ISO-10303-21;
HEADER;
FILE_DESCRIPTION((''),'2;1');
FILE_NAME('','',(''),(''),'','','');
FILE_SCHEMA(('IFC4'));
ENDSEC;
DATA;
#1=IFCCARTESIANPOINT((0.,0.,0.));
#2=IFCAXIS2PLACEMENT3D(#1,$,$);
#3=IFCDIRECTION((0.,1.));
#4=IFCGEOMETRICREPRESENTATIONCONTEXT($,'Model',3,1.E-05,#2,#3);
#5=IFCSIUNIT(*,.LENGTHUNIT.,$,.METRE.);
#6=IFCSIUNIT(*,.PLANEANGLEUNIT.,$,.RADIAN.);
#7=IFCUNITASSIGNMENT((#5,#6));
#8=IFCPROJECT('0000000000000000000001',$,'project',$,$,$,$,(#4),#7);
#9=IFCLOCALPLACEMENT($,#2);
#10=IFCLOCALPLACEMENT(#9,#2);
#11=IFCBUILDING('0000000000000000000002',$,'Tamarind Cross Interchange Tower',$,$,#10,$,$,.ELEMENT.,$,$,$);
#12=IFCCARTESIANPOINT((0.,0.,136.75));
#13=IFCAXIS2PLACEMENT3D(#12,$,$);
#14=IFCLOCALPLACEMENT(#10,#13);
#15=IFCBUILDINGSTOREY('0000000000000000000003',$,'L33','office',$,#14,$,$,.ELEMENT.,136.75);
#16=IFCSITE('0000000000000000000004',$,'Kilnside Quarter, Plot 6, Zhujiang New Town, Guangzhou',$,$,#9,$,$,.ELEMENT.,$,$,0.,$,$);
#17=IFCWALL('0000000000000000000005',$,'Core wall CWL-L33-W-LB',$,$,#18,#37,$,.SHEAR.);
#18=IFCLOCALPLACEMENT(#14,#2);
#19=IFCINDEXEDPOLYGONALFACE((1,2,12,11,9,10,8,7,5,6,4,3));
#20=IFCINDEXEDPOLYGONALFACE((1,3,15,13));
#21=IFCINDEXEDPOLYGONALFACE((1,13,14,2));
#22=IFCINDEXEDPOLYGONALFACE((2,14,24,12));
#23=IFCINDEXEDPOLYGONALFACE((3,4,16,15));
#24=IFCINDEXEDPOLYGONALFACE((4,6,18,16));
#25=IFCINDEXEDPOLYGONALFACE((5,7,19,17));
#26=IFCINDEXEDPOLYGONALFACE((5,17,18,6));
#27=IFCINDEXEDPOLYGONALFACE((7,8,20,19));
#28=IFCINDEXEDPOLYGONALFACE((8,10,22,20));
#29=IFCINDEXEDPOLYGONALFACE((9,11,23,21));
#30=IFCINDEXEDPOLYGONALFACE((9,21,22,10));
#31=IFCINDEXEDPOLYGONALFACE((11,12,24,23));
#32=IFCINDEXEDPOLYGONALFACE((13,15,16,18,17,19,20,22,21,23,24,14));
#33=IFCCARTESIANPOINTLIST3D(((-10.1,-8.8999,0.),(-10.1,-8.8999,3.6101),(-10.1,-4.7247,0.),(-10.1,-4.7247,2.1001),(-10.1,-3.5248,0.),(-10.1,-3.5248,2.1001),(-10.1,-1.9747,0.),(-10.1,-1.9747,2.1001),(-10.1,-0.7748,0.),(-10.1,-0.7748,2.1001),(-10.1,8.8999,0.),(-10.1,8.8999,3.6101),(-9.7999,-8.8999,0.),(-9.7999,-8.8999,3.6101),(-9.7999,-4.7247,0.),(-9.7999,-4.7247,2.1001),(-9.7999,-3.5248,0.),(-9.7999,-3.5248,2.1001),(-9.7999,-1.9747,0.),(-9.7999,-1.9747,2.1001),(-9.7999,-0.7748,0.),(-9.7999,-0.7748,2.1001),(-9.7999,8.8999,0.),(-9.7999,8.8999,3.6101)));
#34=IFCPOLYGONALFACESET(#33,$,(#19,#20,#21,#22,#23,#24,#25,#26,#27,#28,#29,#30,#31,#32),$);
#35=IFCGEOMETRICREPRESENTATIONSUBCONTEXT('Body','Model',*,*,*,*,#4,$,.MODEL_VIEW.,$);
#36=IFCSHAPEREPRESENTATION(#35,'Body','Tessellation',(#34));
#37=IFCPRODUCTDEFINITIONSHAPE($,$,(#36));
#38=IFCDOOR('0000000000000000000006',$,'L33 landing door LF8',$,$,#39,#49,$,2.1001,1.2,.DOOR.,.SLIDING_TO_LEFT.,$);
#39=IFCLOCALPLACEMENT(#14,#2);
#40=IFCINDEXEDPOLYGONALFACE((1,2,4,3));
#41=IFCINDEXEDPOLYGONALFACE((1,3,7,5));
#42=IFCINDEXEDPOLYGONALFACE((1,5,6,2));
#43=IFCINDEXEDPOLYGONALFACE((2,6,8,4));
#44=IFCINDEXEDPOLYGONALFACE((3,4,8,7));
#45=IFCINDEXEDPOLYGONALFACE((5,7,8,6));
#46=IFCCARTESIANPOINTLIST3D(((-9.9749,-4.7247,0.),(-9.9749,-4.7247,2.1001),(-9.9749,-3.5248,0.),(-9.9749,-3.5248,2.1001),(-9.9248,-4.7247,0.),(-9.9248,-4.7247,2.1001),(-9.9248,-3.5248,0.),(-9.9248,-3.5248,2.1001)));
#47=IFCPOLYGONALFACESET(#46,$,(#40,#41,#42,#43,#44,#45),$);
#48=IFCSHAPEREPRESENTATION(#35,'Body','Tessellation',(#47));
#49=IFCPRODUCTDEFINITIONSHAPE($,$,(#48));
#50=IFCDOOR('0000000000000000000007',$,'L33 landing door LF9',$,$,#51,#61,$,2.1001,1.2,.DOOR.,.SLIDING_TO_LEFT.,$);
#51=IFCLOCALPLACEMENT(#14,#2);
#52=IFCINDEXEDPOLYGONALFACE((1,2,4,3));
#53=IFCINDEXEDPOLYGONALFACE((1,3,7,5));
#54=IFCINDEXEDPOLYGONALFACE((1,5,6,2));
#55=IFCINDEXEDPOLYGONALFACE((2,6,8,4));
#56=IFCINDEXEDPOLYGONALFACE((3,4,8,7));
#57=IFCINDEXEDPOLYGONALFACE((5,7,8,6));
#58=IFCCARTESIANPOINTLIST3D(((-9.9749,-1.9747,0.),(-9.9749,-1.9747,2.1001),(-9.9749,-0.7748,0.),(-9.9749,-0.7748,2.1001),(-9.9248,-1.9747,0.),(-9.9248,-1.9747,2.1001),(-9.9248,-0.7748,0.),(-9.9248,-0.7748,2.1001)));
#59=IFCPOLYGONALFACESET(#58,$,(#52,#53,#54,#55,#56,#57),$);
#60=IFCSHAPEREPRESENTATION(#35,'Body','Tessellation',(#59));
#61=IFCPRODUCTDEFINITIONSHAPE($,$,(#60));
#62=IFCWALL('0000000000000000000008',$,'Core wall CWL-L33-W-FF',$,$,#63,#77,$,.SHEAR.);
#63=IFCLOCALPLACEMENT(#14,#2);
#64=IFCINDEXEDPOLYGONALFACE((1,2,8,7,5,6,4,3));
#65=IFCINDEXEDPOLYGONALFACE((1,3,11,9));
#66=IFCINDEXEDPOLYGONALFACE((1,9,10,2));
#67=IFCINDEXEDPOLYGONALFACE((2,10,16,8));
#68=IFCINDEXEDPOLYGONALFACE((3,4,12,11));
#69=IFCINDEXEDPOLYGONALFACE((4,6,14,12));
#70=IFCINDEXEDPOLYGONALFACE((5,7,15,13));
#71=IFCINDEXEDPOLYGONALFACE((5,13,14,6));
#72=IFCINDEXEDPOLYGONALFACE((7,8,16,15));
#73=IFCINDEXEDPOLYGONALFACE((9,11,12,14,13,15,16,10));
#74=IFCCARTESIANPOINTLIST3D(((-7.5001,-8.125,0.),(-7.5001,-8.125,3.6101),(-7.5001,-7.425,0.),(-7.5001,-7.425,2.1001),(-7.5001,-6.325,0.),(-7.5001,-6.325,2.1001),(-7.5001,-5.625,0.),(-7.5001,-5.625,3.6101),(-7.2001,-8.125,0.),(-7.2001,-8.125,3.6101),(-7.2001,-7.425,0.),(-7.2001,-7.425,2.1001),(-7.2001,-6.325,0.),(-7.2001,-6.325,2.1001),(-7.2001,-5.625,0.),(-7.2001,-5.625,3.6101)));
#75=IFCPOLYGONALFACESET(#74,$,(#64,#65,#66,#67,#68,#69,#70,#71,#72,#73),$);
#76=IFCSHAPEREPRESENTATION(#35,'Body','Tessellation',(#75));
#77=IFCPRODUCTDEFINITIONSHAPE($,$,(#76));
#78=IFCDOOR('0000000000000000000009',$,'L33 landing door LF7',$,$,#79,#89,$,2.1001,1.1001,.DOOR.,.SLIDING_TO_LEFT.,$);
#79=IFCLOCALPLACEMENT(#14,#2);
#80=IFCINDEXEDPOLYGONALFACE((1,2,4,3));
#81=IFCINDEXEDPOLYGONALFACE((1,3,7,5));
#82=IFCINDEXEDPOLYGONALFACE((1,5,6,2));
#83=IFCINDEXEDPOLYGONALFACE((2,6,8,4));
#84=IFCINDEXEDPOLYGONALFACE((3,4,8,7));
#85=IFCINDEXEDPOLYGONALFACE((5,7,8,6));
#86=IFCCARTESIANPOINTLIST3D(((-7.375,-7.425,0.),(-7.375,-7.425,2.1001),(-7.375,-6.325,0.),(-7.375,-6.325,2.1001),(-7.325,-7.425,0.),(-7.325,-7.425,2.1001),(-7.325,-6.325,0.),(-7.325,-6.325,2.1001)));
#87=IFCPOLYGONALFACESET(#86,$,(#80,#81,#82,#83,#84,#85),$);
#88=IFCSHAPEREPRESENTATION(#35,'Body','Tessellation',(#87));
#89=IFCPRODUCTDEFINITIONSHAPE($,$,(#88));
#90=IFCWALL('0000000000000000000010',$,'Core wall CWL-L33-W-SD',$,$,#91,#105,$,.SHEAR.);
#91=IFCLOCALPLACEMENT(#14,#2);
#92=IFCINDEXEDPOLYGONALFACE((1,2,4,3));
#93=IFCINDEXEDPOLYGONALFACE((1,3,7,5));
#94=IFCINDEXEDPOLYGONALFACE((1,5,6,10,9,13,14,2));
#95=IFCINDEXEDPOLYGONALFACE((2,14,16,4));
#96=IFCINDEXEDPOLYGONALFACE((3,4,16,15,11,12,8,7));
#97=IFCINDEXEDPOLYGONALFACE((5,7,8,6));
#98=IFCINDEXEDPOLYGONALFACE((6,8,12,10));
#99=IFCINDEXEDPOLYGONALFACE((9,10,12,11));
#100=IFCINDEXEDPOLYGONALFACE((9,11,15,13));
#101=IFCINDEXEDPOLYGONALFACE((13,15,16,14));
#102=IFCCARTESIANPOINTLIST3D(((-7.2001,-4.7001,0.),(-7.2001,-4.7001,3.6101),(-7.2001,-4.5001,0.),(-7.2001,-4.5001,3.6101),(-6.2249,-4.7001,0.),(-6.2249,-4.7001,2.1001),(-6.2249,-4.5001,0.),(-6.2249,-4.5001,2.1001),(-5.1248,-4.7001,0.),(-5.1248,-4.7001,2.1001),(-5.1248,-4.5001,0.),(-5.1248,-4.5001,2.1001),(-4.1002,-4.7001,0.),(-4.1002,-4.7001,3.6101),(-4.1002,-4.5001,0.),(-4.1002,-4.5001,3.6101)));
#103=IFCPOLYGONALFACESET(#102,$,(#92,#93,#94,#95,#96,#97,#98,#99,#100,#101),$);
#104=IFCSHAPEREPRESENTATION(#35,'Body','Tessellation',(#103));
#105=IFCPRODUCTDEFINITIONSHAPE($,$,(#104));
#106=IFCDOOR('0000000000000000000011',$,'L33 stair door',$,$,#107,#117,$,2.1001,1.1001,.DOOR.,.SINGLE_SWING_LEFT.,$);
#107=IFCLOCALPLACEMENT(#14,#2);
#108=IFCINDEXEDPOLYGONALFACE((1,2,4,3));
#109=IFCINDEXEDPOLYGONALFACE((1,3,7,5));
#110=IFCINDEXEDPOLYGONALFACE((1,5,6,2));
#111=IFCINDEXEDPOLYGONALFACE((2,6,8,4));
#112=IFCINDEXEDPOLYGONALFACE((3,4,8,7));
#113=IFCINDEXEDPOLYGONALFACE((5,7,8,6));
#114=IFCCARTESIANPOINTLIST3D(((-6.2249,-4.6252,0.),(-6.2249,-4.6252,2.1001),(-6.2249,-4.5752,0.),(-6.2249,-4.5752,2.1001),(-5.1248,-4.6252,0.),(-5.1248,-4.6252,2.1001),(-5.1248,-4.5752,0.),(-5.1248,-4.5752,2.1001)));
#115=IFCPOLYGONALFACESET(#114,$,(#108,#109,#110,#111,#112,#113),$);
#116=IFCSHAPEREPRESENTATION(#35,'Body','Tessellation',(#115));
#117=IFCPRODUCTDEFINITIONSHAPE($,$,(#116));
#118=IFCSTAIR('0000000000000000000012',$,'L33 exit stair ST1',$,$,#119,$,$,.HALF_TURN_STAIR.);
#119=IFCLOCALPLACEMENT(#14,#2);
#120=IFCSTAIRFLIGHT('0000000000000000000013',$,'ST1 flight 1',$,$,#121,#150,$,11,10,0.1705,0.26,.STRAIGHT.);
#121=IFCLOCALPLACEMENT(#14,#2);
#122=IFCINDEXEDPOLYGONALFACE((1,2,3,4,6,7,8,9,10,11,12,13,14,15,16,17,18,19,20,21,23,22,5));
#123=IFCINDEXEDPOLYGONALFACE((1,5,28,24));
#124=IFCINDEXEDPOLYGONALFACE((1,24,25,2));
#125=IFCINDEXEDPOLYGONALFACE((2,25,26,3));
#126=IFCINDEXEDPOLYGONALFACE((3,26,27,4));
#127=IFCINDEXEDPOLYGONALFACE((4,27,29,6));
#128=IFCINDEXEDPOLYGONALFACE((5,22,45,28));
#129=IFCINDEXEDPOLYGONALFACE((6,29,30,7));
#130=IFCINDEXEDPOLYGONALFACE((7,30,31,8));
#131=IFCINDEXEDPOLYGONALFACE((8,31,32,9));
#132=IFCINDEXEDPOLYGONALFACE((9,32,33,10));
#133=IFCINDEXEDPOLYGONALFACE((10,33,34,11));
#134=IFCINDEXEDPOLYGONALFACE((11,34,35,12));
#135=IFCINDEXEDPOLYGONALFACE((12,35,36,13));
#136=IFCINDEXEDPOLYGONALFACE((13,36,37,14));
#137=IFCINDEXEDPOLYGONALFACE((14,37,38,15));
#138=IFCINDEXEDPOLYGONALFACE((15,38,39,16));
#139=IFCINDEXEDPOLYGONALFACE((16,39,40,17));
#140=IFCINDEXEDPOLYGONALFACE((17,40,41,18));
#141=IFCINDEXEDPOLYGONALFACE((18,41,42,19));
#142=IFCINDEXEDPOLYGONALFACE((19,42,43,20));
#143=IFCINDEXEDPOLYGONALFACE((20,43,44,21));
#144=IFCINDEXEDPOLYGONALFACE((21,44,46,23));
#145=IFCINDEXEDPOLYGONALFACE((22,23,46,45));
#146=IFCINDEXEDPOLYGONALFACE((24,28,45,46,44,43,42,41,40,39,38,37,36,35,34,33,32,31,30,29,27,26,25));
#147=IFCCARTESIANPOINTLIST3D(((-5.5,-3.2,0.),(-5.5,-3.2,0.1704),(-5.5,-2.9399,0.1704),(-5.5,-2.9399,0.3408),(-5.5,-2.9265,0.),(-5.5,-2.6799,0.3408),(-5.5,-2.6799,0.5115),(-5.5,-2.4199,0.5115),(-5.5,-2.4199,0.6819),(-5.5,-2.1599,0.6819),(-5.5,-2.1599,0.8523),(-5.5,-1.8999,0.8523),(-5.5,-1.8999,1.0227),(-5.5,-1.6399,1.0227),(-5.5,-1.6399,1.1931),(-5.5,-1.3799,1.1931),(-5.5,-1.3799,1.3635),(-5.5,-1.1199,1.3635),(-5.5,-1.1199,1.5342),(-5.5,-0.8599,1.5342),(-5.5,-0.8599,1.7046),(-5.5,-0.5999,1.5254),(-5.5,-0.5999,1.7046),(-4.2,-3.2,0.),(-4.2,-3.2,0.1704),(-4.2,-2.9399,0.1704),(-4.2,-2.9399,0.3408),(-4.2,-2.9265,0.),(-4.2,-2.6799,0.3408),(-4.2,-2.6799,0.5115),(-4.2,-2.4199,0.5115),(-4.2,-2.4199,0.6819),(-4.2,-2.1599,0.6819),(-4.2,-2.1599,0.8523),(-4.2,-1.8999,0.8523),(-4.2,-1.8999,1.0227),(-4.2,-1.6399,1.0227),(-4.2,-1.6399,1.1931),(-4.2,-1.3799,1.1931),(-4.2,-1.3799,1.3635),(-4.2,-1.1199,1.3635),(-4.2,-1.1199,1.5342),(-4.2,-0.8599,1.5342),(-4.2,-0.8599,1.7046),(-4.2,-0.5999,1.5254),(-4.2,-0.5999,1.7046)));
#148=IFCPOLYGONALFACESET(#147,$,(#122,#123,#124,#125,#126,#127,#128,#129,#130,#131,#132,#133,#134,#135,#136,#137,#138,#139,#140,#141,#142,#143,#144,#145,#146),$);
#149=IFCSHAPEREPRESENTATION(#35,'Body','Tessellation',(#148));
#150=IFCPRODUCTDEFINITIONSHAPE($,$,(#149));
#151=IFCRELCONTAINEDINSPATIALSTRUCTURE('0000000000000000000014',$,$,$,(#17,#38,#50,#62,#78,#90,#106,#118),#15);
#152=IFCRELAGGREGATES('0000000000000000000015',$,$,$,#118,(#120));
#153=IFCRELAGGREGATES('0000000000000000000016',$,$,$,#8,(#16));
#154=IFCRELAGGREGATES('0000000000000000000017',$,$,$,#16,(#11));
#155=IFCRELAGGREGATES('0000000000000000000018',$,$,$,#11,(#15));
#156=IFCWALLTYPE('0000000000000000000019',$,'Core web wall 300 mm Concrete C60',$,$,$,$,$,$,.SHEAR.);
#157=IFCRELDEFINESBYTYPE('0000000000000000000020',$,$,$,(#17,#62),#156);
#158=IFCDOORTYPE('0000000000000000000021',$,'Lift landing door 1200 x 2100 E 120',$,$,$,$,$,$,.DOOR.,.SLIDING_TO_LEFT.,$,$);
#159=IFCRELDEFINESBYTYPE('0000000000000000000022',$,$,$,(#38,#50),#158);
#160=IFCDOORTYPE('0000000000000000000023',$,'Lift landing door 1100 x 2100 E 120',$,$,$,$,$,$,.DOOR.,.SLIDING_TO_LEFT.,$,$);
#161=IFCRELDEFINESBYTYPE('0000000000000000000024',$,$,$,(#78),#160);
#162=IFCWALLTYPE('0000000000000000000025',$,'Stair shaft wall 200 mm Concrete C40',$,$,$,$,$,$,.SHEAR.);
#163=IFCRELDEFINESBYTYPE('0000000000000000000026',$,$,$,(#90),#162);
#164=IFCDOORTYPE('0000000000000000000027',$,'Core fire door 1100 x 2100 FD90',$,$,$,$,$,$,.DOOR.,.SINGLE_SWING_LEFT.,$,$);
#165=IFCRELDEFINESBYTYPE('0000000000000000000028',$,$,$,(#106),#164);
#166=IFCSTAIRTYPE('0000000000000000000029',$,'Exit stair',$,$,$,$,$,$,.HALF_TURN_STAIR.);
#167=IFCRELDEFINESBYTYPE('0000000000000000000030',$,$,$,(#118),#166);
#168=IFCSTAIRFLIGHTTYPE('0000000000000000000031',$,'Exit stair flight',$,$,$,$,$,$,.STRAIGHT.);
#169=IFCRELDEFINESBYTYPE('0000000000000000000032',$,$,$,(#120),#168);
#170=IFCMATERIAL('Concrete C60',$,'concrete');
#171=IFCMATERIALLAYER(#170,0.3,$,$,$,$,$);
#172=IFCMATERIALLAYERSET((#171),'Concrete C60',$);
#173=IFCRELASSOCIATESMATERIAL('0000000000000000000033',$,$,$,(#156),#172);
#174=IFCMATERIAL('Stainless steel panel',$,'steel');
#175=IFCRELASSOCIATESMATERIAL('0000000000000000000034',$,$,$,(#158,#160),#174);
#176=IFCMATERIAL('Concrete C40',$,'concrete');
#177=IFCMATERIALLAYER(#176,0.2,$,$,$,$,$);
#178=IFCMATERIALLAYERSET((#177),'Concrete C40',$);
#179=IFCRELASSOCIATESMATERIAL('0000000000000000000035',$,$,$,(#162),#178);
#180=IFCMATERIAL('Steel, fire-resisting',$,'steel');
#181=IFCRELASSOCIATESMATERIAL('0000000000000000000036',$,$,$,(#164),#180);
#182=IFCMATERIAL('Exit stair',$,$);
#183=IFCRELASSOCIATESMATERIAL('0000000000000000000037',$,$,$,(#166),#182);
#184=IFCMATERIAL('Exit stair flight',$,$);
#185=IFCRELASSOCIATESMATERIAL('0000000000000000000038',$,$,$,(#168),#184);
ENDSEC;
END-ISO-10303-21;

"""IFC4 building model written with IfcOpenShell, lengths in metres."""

from ifc_helpers import new_model, si_unit, direction, frame, frame_2d, origin, place, context, subcontext, project, spatial, polyline, rectangle, outline, extrude, material, layer, layer_set, type_object, element, fill, aggregate, save


model = new_model("IFC4")

# Units and contexts
model_context = context("Model", 3, precision=1e-05, world=origin(), true_north=direction((0.0, 1.0)))
body_context = subcontext(model_context, "Body", "Model", "MODEL_VIEW")
ifc_project = project(units=[si_unit("LENGTHUNIT", "METRE"), si_unit("PLANEANGLEUNIT", "RADIAN")], contexts=[model_context])

# Site, building, storey
site_placement = place(None, origin())
site = spatial("IfcSite", under=ifc_project, at=site_placement, Name="Kilnside Quarter, Plot 6, Zhujiang New Town, Guangzhou", CompositionType="ELEMENT", RefElevation=0.0)
building_placement = place(site_placement, origin())
building = spatial("IfcBuilding", under=site, at=building_placement, Name="Tamarind Cross Interchange Tower", CompositionType="ELEMENT")
storey_placement = place(building_placement, frame((0.0, 0.0, 136.75)))
storey = spatial("IfcBuildingStorey", under=building, at=storey_placement, Name="L33", Description="office", CompositionType="ELEMENT", Elevation=136.75)

# Shared definitions
ifc_material_1 = material(Name="Concrete C60", Category="concrete")
ifc_material_2 = material(Name="Steel, fire-resisting", Category="steel")

# Shared definitions
ifc_layer_1 = layer(ifc_material_1, 0.3)
ifc_layer_set_1 = layer_set([ifc_layer_1], Name="Concrete C60")
wall_type_1 = type_object("IfcWallType", Name="Core web wall 300 mm Concrete C60", PredefinedType="SHEAR", material=ifc_layer_set_1)

# Wall, openings, doors
ifc_material_3 = material(Name="Stainless steel panel", Category="steel")
wall_1_placement = place(storey_placement, frame((-9.95, -8.8999, 0.0), z_axis=(0.0, 0.0, 1.0), x_axis=(0.0, 1.0, 0.0)))
wall_1 = element("IfcWall", 1, at=wall_1_placement, inside=storey, type_object=wall_type_1, Name="Core wall CWL-L33-W-LB", PredefinedType="SHEAR", context=body_context, shape_type="SweptSolid", body=[
    extrude(rectangle(XDim=17.7998, YDim=0.3, at=frame_2d((8.8999, 0.0))), origin(), (0.0, 0.0, 1.0), 3.6101),
])
opening_1_placement = place(wall_1_placement, frame((4.175, 0.0, 0.0)))
opening_1 = element("IfcOpeningElement", 2, at=opening_1_placement, cuts=wall_1, PredefinedType="OPENING", context=body_context, shape_type="SweptSolid", body=[
    extrude(rectangle(XDim=1.2, YDim=2.1001, at=frame_2d((0.6001, 1.05))), frame((0.0, 0.1599, 0.0), z_axis=(0.0, -1.0, 0.0), x_axis=(1.0, 0.0, 0.0)), (0.0, 0.0, 1.0), 0.3201),
])
opening_2_placement = place(wall_1_placement, frame((6.925, 0.0, 0.0)))
opening_2 = element("IfcOpeningElement", 3, at=opening_2_placement, cuts=wall_1, PredefinedType="OPENING", context=body_context, shape_type="SweptSolid", body=[
    extrude(rectangle(XDim=1.2, YDim=2.1001, at=frame_2d((0.6001, 1.05))), frame((0.0, 0.1599, 0.0), z_axis=(0.0, -1.0, 0.0), x_axis=(1.0, 0.0, 0.0)), (0.0, 0.0, 1.0), 0.3201),
])
door_type_1 = type_object("IfcDoorType", Name="Lift landing door 1200 x 2100 E 120", OperationType="SLIDING_TO_LEFT", PredefinedType="DOOR", material=ifc_material_3)
door_1_placement = place(opening_1_placement, origin())
door_1 = element("IfcDoor", 4, at=door_1_placement, inside=storey, type_object=door_type_1, Name="L33 landing door LF8", OperationType="SLIDING_TO_LEFT", OverallHeight=2.1001, OverallWidth=1.2, PredefinedType="DOOR", context=body_context, shape_type="SweptSolid", body=[
    extrude(rectangle(XDim=1.2, YDim=2.1001, at=frame_2d((0.6001, 1.05))), frame((0.0, 0.0249, 0.0), z_axis=(0.0, -1.0, 0.0), x_axis=(1.0, 0.0, 0.0)), (0.0, 0.0, 1.0), 0.05),
])
fill(opening_1, door_1)
door_2_placement = place(opening_2_placement, origin())
door_2 = element("IfcDoor", 5, at=door_2_placement, inside=storey, type_object=door_type_1, Name="L33 landing door LF9", OperationType="SLIDING_TO_LEFT", OverallHeight=2.1001, OverallWidth=1.2, PredefinedType="DOOR", context=body_context, shape_type="SweptSolid", body=[
    extrude(rectangle(XDim=1.2, YDim=2.1001, at=frame_2d((0.6001, 1.05))), frame((0.0, 0.0249, 0.0), z_axis=(0.0, -1.0, 0.0), x_axis=(1.0, 0.0, 0.0)), (0.0, 0.0, 1.0), 0.05),
])
fill(opening_2, door_2)

# Walls, openings, doors
wall_2_placement = place(storey_placement, frame((-7.3501, -8.125, 0.0), z_axis=(0.0, 0.0, 1.0), x_axis=(0.0, 1.0, 0.0)))
wall_2 = element("IfcWall", 6, at=wall_2_placement, inside=storey, type_object=wall_type_1, Name="Core wall CWL-L33-W-FF", PredefinedType="SHEAR", context=body_context, shape_type="SweptSolid", body=[
    extrude(rectangle(XDim=2.5, YDim=0.3, at=frame_2d((1.25, 0.0))), origin(), (0.0, 0.0, 1.0), 3.6101),
])
opening_3_placement = place(wall_2_placement, frame((0.7, 0.0, 0.0)))
opening_3 = element("IfcOpeningElement", 7, at=opening_3_placement, cuts=wall_2, PredefinedType="OPENING", context=body_context, shape_type="SweptSolid", body=[
    extrude(rectangle(XDim=1.1001, YDim=2.1001, at=frame_2d((0.55, 1.05))), frame((0.0, 0.1599, 0.0), z_axis=(0.0, -1.0, 0.0), x_axis=(1.0, 0.0, 0.0)), (0.0, 0.0, 1.0), 0.3201),
])
door_type_2 = type_object("IfcDoorType", Name="Lift landing door 1100 x 2100 E 120", OperationType="SLIDING_TO_LEFT", PredefinedType="DOOR", material=ifc_material_3)
door_3_placement = place(opening_3_placement, origin())
door_3 = element("IfcDoor", 8, at=door_3_placement, inside=storey, type_object=door_type_2, Name="L33 landing door LF7", OperationType="SLIDING_TO_LEFT", OverallHeight=2.1001, OverallWidth=1.1001, PredefinedType="DOOR", context=body_context, shape_type="SweptSolid", body=[
    extrude(rectangle(XDim=1.1001, YDim=2.1001, at=frame_2d((0.55, 1.05))), frame((0.0, 0.0249, 0.0), z_axis=(0.0, -1.0, 0.0), x_axis=(1.0, 0.0, 0.0)), (0.0, 0.0, 1.0), 0.05),
])
fill(opening_3, door_3)
ifc_material_4 = material(Name="Concrete C40", Category="concrete")
ifc_layer_2 = layer(ifc_material_4, 0.2)
ifc_layer_set_2 = layer_set([ifc_layer_2], Name="Concrete C40")
wall_type_2 = type_object("IfcWallType", Name="Stair shaft wall 200 mm Concrete C40", PredefinedType="SHEAR", material=ifc_layer_set_2)
wall_3_placement = place(storey_placement, frame((-7.2, -4.6001, 0.0), z_axis=(0.0, 0.0, 1.0), x_axis=(1.0, 0.0, 0.0)))
wall_3 = element("IfcWall", 9, at=wall_3_placement, inside=storey, type_object=wall_type_2, Name="Core wall CWL-L33-W-SD", PredefinedType="SHEAR", context=body_context, shape_type="SweptSolid", body=[
    extrude(rectangle(XDim=3.0999, YDim=0.2, at=frame_2d((1.5498, 0.0))), origin(), (0.0, 0.0, 1.0), 3.6101),
])
opening_4_placement = place(wall_3_placement, frame((0.9751, 0.0, 0.0)))
opening_4 = element("IfcOpeningElement", 10, at=opening_4_placement, cuts=wall_3, PredefinedType="OPENING", context=body_context, shape_type="SweptSolid", body=[
    extrude(rectangle(XDim=1.1001, YDim=2.1001, at=frame_2d((0.55, 1.05))), frame((0.0, 0.1099, 0.0), z_axis=(0.0, -1.0, 0.0), x_axis=(1.0, 0.0, 0.0)), (0.0, 0.0, 1.0), 0.22),
])
door_type_3 = type_object("IfcDoorType", Name="Core fire door 1100 x 2100 FD90", OperationType="SINGLE_SWING_LEFT", PredefinedType="DOOR", material=ifc_material_2)
door_4_placement = place(opening_4_placement, origin())
door_4 = element("IfcDoor", 11, at=door_4_placement, inside=storey, type_object=door_type_3, Name="L33 stair door", OperationType="SINGLE_SWING_LEFT", OverallHeight=2.1001, OverallWidth=1.1001, PredefinedType="DOOR", context=body_context, shape_type="SweptSolid", body=[
    extrude(rectangle(XDim=1.1001, YDim=2.1001, at=frame_2d((0.55, 1.05))), frame((0.0, 0.0249, 0.0), z_axis=(0.0, -1.0, 0.0), x_axis=(1.0, 0.0, 0.0)), (0.0, 0.0, 1.0), 0.05),
])
fill(opening_4, door_4)

# Stair, stair flight
ifc_material_5 = material(Name="Exit stair")
stair_type = type_object("IfcStairType", Name="Exit stair", PredefinedType="HALF_TURN_STAIR", material=ifc_material_5)
stair_placement = place(storey_placement, origin())
stair = element("IfcStair", 12, at=stair_placement, inside=storey, type_object=stair_type, Name="L33 exit stair ST1", PredefinedType="HALF_TURN_STAIR")
ifc_material_6 = material(Name="Exit stair flight")
stair_flight_type = type_object("IfcStairFlightType", Name="Exit stair flight", PredefinedType="STRAIGHT", material=ifc_material_6)
stair_flight_1_placement = place(storey_placement, frame((-4.8501, -3.2, 0.0), z_axis=(0.0, 0.0, 1.0), x_axis=(0.0, 1.0, 0.0)))
stair_flight_1 = element("IfcStairFlight", 13, at=stair_flight_1_placement, type_object=stair_flight_type, Name="ST1 flight 1", NumberOfRisers=11, NumberOfTreads=10, PredefinedType="STRAIGHT", RiserHeight=0.1705, TreadLength=0.26, context=body_context, shape_type="SweptSolid", body=[
    extrude(outline(polyline([(0.0, 0.0), (0.0, 0.1704), (0.26, 0.1704), (0.26, 0.3408), (0.52, 0.3408), (0.52, 0.5115), (0.78, 0.5115), (0.78, 0.6819), (1.04, 0.6819), (1.04, 0.8523), (1.3, 0.8523), (1.3, 1.0227), (1.5601, 1.0227), (1.5601, 1.1931), (1.8201, 1.1931), (1.8201, 1.3635), (2.0801, 1.3635), (2.0801, 1.5342), (2.3401, 1.5342), (2.3401, 1.7046), (2.6001, 1.7046), (2.6001, 1.875), (2.6001, 1.5254), (0.2734, 0.0), (0.0, 0.0)])), frame((0.0, 0.6499, 0.0), z_axis=(0.0, -1.0, 0.0), x_axis=(1.0, 0.0, 0.0)), (0.0, 0.0, 1.0), 1.3),
])
aggregate(stair, [stair_flight_1])

save(model, "model.ifc")
